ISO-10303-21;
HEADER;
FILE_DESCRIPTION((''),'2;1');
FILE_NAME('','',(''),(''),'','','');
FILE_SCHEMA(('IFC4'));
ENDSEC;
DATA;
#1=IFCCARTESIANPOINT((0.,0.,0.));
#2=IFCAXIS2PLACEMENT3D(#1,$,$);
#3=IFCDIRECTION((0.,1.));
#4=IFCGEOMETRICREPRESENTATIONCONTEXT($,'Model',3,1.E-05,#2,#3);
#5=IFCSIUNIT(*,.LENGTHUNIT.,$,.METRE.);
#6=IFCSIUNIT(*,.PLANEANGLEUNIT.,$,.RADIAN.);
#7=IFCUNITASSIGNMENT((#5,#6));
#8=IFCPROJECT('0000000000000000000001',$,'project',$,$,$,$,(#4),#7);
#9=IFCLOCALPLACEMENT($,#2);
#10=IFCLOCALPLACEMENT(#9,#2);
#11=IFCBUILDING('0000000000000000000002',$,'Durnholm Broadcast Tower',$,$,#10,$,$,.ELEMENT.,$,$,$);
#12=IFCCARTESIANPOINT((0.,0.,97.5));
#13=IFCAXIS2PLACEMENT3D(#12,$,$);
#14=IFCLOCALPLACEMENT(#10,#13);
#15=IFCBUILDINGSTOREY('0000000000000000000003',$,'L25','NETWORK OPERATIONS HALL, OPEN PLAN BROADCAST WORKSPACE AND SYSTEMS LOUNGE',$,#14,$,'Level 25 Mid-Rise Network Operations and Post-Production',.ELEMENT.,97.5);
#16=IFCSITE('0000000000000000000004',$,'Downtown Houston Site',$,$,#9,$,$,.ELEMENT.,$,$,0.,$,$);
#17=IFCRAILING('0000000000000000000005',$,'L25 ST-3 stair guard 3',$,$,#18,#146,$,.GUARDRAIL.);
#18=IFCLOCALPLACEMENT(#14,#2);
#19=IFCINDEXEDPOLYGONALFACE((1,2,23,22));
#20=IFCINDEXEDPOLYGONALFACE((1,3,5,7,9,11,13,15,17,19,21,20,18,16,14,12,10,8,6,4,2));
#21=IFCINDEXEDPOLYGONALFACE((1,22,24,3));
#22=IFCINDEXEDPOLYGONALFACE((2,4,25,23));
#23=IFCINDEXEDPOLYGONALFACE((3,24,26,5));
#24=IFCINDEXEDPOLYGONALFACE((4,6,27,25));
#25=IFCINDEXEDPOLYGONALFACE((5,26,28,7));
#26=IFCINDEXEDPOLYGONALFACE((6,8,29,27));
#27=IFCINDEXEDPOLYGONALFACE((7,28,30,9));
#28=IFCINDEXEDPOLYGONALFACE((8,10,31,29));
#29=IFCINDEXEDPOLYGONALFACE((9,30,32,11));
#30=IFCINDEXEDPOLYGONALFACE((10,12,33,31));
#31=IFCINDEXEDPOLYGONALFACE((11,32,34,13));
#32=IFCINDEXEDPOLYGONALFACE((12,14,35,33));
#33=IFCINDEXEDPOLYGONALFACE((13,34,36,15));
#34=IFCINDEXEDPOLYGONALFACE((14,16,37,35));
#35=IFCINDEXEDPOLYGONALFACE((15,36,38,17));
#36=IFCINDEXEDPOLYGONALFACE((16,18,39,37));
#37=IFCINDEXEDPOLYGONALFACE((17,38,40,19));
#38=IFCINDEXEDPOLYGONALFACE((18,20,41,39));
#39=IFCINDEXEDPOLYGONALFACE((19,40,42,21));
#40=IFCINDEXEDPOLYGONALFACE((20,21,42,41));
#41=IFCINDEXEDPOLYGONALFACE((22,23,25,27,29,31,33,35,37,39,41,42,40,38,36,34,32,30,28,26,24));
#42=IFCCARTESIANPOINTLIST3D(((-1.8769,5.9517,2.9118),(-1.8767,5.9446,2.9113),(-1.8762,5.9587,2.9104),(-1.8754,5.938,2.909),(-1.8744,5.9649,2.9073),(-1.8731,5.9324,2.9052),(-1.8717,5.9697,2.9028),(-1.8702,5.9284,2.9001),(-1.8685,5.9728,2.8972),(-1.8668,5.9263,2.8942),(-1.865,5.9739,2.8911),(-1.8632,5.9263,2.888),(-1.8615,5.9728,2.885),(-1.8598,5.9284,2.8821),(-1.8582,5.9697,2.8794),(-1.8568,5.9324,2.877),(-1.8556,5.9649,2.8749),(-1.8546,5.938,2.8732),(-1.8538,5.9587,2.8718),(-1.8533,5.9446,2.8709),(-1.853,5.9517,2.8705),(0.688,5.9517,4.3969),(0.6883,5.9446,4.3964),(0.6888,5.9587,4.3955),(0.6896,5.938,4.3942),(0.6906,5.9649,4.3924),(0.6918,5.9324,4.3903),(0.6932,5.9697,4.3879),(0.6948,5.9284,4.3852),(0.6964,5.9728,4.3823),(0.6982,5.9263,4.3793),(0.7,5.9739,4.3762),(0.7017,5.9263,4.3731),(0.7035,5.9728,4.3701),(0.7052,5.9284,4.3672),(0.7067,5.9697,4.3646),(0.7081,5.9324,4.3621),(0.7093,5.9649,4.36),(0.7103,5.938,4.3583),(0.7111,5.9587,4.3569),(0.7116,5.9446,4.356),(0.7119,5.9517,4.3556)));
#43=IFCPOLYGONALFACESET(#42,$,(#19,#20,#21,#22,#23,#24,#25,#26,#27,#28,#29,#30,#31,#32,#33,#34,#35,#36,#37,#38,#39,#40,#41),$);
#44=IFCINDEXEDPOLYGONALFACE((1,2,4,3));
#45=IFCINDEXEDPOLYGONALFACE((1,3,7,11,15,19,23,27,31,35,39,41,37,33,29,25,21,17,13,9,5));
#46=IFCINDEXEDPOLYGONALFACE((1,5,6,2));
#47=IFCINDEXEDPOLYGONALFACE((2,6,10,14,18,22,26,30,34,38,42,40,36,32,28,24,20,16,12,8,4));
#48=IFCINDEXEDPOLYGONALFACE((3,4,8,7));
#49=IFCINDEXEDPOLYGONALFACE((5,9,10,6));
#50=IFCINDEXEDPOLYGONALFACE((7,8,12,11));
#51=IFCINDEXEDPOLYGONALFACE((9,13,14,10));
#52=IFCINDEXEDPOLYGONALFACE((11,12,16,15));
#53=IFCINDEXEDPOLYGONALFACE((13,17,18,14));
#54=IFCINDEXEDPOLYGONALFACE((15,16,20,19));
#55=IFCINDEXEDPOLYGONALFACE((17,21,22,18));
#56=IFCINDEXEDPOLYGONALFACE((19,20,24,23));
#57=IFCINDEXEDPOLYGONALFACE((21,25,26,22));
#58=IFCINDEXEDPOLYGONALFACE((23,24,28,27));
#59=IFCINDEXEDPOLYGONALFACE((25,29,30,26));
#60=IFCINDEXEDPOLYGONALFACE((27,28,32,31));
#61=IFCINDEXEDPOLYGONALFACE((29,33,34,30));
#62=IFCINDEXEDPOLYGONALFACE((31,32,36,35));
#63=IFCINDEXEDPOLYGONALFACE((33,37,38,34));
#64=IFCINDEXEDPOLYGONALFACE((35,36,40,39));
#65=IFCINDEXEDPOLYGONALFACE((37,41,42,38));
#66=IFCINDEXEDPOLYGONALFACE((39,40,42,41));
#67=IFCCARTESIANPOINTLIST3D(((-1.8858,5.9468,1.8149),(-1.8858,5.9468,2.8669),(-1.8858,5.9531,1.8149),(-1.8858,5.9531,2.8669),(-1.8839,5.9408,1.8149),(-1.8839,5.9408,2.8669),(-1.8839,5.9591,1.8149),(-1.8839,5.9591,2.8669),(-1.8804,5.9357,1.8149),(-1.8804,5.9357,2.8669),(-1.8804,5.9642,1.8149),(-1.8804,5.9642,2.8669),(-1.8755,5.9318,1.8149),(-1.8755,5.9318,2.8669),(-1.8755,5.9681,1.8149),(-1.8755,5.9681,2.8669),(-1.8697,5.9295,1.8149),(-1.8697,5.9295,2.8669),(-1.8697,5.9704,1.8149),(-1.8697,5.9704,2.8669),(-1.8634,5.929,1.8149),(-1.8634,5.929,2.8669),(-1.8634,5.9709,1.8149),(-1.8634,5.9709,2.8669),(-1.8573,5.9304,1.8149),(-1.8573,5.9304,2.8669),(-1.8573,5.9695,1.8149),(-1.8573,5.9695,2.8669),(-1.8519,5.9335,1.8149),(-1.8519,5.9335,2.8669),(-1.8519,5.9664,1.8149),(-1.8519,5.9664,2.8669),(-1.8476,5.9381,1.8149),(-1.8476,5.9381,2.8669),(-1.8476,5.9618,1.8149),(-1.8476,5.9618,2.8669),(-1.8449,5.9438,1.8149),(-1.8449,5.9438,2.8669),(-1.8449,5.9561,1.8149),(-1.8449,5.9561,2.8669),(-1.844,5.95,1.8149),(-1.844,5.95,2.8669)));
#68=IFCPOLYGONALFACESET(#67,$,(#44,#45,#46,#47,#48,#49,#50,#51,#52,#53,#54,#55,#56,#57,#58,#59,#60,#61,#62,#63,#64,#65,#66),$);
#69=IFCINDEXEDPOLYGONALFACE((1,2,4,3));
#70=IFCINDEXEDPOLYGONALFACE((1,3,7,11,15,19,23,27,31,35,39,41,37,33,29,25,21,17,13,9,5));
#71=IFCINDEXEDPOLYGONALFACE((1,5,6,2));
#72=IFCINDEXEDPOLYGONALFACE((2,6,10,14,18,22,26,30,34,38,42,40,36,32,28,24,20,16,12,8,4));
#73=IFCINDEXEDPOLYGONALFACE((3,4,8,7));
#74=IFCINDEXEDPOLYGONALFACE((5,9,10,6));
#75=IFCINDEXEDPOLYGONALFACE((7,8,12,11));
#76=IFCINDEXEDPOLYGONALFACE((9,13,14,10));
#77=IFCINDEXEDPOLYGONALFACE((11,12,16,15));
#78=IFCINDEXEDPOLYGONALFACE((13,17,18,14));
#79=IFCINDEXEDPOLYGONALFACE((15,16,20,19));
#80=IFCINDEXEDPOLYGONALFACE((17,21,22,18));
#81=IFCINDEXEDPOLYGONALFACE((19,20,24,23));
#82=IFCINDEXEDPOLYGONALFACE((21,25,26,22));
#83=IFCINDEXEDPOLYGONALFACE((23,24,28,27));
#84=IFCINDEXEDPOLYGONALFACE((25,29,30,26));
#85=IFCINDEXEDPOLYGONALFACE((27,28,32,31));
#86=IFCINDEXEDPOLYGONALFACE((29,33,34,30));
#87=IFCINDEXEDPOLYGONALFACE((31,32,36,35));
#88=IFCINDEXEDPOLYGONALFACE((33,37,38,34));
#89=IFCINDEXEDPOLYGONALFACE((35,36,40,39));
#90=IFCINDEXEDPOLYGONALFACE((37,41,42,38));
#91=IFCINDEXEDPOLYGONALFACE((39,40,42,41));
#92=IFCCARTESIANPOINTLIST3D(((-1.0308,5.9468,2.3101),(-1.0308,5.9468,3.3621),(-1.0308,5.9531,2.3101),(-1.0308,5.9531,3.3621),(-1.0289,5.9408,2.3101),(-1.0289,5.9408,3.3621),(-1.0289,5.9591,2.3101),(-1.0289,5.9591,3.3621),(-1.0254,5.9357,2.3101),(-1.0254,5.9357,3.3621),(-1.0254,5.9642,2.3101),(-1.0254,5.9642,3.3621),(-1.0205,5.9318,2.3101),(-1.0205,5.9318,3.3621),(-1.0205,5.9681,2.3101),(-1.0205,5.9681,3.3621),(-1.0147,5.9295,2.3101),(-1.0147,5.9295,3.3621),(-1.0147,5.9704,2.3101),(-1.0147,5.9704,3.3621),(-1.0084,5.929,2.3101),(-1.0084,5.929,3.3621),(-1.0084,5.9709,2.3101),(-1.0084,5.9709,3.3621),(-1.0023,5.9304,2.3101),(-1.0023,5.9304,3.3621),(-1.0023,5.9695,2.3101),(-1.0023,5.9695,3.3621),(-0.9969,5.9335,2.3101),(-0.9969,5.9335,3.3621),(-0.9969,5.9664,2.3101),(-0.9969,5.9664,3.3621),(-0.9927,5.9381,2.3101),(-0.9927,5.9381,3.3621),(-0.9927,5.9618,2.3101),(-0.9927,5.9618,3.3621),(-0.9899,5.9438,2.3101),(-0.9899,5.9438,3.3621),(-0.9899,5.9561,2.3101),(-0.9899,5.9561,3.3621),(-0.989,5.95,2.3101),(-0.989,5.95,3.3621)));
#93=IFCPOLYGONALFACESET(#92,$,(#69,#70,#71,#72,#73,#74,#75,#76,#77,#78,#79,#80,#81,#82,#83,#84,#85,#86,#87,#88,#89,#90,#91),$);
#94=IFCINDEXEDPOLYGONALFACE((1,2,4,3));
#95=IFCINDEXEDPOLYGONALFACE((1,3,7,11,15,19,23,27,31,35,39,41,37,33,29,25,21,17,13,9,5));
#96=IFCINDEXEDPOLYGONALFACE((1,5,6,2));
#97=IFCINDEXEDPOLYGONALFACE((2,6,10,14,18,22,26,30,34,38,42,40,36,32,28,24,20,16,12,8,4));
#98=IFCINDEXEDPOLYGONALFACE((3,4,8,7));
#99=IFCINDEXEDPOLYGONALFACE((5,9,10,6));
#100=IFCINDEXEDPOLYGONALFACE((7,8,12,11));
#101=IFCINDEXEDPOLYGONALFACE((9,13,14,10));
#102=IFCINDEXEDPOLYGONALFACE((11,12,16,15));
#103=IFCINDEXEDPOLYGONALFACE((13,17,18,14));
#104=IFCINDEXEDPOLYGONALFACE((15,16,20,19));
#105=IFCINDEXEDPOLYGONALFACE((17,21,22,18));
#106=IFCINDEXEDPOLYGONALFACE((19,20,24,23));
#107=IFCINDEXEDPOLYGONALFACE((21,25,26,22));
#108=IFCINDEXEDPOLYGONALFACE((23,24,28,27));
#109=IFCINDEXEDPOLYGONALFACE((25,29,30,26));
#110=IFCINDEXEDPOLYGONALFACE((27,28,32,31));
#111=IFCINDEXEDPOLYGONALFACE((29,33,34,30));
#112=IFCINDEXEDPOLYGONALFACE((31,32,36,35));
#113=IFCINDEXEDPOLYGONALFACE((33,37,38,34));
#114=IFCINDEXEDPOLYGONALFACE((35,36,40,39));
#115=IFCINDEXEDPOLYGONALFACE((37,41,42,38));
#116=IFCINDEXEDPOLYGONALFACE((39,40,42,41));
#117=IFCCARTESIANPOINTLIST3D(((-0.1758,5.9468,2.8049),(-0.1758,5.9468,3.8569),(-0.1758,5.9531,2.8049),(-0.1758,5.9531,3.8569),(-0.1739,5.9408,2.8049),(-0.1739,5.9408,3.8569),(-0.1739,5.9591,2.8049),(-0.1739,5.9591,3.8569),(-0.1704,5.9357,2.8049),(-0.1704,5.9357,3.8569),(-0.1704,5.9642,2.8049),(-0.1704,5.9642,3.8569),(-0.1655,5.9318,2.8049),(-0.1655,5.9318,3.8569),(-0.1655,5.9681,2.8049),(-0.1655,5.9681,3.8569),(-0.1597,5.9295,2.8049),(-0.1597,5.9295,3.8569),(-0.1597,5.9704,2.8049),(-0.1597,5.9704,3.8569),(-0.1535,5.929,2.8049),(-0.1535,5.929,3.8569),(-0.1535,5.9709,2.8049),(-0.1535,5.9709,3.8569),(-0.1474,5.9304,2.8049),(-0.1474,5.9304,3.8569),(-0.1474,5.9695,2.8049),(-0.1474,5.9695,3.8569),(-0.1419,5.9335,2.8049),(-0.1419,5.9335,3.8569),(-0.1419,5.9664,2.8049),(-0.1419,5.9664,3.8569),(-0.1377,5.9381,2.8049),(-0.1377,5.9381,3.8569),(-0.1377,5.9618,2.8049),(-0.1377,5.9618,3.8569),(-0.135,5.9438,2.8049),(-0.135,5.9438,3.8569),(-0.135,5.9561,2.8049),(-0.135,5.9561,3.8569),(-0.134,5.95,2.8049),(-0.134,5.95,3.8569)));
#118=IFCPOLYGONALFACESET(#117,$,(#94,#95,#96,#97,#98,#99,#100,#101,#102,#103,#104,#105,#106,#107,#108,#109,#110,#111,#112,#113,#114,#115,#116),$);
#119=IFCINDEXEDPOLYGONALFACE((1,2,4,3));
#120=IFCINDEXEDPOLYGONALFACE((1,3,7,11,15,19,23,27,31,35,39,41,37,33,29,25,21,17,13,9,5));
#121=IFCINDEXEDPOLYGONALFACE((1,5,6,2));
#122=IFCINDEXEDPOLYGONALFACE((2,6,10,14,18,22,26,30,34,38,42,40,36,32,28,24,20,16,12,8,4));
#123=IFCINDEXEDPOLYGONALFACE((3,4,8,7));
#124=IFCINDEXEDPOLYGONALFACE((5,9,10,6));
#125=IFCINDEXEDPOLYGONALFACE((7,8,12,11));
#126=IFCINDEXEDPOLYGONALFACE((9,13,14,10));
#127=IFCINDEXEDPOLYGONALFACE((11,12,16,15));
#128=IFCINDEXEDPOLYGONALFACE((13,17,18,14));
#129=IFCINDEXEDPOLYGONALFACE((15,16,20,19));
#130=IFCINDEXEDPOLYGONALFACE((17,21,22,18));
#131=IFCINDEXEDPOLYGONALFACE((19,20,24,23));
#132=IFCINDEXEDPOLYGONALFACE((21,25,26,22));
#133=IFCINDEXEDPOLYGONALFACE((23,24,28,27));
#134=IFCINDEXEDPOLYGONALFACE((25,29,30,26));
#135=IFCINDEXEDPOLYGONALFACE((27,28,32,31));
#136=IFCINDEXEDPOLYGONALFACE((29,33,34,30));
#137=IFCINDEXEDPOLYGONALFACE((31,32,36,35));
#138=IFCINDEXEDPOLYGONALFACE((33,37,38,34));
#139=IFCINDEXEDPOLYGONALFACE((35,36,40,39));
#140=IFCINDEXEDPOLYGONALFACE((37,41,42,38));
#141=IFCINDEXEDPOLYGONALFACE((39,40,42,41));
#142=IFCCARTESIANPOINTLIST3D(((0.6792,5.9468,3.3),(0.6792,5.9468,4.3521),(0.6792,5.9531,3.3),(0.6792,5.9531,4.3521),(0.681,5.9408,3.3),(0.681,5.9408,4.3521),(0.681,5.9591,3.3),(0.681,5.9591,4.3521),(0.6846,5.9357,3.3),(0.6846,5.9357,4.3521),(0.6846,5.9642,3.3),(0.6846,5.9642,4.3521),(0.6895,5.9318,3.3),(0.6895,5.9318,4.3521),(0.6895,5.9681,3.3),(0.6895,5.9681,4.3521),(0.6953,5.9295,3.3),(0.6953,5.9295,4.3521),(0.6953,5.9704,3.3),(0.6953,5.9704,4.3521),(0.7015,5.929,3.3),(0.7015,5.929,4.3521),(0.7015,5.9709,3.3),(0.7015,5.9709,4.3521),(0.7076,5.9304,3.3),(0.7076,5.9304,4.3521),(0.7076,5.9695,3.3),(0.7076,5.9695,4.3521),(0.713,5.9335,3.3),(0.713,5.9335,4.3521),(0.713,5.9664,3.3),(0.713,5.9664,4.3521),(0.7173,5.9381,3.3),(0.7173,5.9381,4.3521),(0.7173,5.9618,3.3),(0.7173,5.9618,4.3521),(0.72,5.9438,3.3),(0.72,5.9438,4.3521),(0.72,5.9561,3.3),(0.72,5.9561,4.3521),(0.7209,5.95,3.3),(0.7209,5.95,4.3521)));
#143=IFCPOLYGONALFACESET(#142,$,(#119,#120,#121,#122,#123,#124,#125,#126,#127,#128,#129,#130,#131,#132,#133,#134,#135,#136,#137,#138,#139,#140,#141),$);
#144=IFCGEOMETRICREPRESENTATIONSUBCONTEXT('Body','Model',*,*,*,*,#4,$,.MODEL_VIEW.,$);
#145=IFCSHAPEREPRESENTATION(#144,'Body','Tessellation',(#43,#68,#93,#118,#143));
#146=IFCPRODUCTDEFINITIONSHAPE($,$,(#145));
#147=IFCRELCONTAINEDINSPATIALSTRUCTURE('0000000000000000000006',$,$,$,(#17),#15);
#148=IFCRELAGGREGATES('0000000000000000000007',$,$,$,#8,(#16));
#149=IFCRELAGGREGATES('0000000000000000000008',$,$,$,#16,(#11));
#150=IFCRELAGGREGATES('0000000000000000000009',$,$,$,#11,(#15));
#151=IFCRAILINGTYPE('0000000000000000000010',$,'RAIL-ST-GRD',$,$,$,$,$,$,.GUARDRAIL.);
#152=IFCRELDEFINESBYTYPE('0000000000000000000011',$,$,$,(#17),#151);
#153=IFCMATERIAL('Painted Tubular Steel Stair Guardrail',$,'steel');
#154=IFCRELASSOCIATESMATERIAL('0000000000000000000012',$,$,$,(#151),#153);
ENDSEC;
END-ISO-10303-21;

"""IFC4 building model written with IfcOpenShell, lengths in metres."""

from ifc_helpers import new_model, si_unit, direction, frame, origin, origin_2d, place, context, subcontext, project, spatial, circle, extrude, material, type_object, element, save


model = new_model("IFC4")

# Units and contexts
model_context = context("Model", 3, precision=1e-05, world=origin(), true_north=direction((0.0, 1.0)))
body_context = subcontext(model_context, "Body", "Model", "MODEL_VIEW")
ifc_project = project(units=[si_unit("LENGTHUNIT", "METRE"), si_unit("PLANEANGLEUNIT", "RADIAN")], contexts=[model_context])

# Site, building, storey
site_placement = place(None, origin())
site = spatial("IfcSite", under=ifc_project, at=site_placement, Name="Downtown Houston Site", CompositionType="ELEMENT", RefElevation=0.0)
building_placement = place(site_placement, origin())
building = spatial("IfcBuilding", under=site, at=building_placement, Name="Durnholm Broadcast Tower", CompositionType="ELEMENT")
storey_placement = place(building_placement, frame((0.0, 0.0, 97.5)))
storey = spatial("IfcBuildingStorey", under=building, at=storey_placement, Name="L25", Description="NETWORK OPERATIONS HALL, OPEN PLAN BROADCAST WORKSPACE AND SYSTEMS LOUNGE", LongName="Level 25 Mid-Rise Network Operations and Post-Production", CompositionType="ELEMENT", Elevation=97.5)

# Railing
ifc_material_1 = material(Name="Painted Tubular Steel Stair Guardrail", Category="steel")
railing_type_1 = type_object("IfcRailingType", Name="RAIL-ST-GRD", PredefinedType="GUARDRAIL", material=ifc_material_1)
railing_1_placement = place(storey_placement, frame((-1.865, 5.95, 1.8149)))
element("IfcRailing", 1, at=railing_1_placement, inside=storey, type_object=railing_type_1, Name="L25 ST-3 stair guard 3", PredefinedType="GUARDRAIL", context=body_context, shape_type="SweptSolid", body=[
    extrude(circle(Radius=0.0239, at=origin_2d()), frame((0.0, 0.0, 1.0762), z_axis=(0.865406, 0.0, 0.501072), x_axis=(0.0, 1.0, 0.0)), (0.0, 0.0, 1.0), 2.9639),
    extrude(circle(Radius=0.021, at=origin_2d()), origin(), (0.0, 0.0, 1.0), 1.052),
    extrude(circle(Radius=0.021, at=origin_2d()), frame((0.855, 0.0, 0.4951)), (0.0, 0.0, 1.0), 1.052),
    extrude(circle(Radius=0.021, at=origin_2d()), frame((1.71, 0.0, 0.99)), (0.0, 0.0, 1.0), 1.052),
    extrude(circle(Radius=0.021, at=origin_2d()), frame((2.5649, 0.0, 1.4851)), (0.0, 0.0, 1.0), 1.052),
])

save(model, "model.ifc")
